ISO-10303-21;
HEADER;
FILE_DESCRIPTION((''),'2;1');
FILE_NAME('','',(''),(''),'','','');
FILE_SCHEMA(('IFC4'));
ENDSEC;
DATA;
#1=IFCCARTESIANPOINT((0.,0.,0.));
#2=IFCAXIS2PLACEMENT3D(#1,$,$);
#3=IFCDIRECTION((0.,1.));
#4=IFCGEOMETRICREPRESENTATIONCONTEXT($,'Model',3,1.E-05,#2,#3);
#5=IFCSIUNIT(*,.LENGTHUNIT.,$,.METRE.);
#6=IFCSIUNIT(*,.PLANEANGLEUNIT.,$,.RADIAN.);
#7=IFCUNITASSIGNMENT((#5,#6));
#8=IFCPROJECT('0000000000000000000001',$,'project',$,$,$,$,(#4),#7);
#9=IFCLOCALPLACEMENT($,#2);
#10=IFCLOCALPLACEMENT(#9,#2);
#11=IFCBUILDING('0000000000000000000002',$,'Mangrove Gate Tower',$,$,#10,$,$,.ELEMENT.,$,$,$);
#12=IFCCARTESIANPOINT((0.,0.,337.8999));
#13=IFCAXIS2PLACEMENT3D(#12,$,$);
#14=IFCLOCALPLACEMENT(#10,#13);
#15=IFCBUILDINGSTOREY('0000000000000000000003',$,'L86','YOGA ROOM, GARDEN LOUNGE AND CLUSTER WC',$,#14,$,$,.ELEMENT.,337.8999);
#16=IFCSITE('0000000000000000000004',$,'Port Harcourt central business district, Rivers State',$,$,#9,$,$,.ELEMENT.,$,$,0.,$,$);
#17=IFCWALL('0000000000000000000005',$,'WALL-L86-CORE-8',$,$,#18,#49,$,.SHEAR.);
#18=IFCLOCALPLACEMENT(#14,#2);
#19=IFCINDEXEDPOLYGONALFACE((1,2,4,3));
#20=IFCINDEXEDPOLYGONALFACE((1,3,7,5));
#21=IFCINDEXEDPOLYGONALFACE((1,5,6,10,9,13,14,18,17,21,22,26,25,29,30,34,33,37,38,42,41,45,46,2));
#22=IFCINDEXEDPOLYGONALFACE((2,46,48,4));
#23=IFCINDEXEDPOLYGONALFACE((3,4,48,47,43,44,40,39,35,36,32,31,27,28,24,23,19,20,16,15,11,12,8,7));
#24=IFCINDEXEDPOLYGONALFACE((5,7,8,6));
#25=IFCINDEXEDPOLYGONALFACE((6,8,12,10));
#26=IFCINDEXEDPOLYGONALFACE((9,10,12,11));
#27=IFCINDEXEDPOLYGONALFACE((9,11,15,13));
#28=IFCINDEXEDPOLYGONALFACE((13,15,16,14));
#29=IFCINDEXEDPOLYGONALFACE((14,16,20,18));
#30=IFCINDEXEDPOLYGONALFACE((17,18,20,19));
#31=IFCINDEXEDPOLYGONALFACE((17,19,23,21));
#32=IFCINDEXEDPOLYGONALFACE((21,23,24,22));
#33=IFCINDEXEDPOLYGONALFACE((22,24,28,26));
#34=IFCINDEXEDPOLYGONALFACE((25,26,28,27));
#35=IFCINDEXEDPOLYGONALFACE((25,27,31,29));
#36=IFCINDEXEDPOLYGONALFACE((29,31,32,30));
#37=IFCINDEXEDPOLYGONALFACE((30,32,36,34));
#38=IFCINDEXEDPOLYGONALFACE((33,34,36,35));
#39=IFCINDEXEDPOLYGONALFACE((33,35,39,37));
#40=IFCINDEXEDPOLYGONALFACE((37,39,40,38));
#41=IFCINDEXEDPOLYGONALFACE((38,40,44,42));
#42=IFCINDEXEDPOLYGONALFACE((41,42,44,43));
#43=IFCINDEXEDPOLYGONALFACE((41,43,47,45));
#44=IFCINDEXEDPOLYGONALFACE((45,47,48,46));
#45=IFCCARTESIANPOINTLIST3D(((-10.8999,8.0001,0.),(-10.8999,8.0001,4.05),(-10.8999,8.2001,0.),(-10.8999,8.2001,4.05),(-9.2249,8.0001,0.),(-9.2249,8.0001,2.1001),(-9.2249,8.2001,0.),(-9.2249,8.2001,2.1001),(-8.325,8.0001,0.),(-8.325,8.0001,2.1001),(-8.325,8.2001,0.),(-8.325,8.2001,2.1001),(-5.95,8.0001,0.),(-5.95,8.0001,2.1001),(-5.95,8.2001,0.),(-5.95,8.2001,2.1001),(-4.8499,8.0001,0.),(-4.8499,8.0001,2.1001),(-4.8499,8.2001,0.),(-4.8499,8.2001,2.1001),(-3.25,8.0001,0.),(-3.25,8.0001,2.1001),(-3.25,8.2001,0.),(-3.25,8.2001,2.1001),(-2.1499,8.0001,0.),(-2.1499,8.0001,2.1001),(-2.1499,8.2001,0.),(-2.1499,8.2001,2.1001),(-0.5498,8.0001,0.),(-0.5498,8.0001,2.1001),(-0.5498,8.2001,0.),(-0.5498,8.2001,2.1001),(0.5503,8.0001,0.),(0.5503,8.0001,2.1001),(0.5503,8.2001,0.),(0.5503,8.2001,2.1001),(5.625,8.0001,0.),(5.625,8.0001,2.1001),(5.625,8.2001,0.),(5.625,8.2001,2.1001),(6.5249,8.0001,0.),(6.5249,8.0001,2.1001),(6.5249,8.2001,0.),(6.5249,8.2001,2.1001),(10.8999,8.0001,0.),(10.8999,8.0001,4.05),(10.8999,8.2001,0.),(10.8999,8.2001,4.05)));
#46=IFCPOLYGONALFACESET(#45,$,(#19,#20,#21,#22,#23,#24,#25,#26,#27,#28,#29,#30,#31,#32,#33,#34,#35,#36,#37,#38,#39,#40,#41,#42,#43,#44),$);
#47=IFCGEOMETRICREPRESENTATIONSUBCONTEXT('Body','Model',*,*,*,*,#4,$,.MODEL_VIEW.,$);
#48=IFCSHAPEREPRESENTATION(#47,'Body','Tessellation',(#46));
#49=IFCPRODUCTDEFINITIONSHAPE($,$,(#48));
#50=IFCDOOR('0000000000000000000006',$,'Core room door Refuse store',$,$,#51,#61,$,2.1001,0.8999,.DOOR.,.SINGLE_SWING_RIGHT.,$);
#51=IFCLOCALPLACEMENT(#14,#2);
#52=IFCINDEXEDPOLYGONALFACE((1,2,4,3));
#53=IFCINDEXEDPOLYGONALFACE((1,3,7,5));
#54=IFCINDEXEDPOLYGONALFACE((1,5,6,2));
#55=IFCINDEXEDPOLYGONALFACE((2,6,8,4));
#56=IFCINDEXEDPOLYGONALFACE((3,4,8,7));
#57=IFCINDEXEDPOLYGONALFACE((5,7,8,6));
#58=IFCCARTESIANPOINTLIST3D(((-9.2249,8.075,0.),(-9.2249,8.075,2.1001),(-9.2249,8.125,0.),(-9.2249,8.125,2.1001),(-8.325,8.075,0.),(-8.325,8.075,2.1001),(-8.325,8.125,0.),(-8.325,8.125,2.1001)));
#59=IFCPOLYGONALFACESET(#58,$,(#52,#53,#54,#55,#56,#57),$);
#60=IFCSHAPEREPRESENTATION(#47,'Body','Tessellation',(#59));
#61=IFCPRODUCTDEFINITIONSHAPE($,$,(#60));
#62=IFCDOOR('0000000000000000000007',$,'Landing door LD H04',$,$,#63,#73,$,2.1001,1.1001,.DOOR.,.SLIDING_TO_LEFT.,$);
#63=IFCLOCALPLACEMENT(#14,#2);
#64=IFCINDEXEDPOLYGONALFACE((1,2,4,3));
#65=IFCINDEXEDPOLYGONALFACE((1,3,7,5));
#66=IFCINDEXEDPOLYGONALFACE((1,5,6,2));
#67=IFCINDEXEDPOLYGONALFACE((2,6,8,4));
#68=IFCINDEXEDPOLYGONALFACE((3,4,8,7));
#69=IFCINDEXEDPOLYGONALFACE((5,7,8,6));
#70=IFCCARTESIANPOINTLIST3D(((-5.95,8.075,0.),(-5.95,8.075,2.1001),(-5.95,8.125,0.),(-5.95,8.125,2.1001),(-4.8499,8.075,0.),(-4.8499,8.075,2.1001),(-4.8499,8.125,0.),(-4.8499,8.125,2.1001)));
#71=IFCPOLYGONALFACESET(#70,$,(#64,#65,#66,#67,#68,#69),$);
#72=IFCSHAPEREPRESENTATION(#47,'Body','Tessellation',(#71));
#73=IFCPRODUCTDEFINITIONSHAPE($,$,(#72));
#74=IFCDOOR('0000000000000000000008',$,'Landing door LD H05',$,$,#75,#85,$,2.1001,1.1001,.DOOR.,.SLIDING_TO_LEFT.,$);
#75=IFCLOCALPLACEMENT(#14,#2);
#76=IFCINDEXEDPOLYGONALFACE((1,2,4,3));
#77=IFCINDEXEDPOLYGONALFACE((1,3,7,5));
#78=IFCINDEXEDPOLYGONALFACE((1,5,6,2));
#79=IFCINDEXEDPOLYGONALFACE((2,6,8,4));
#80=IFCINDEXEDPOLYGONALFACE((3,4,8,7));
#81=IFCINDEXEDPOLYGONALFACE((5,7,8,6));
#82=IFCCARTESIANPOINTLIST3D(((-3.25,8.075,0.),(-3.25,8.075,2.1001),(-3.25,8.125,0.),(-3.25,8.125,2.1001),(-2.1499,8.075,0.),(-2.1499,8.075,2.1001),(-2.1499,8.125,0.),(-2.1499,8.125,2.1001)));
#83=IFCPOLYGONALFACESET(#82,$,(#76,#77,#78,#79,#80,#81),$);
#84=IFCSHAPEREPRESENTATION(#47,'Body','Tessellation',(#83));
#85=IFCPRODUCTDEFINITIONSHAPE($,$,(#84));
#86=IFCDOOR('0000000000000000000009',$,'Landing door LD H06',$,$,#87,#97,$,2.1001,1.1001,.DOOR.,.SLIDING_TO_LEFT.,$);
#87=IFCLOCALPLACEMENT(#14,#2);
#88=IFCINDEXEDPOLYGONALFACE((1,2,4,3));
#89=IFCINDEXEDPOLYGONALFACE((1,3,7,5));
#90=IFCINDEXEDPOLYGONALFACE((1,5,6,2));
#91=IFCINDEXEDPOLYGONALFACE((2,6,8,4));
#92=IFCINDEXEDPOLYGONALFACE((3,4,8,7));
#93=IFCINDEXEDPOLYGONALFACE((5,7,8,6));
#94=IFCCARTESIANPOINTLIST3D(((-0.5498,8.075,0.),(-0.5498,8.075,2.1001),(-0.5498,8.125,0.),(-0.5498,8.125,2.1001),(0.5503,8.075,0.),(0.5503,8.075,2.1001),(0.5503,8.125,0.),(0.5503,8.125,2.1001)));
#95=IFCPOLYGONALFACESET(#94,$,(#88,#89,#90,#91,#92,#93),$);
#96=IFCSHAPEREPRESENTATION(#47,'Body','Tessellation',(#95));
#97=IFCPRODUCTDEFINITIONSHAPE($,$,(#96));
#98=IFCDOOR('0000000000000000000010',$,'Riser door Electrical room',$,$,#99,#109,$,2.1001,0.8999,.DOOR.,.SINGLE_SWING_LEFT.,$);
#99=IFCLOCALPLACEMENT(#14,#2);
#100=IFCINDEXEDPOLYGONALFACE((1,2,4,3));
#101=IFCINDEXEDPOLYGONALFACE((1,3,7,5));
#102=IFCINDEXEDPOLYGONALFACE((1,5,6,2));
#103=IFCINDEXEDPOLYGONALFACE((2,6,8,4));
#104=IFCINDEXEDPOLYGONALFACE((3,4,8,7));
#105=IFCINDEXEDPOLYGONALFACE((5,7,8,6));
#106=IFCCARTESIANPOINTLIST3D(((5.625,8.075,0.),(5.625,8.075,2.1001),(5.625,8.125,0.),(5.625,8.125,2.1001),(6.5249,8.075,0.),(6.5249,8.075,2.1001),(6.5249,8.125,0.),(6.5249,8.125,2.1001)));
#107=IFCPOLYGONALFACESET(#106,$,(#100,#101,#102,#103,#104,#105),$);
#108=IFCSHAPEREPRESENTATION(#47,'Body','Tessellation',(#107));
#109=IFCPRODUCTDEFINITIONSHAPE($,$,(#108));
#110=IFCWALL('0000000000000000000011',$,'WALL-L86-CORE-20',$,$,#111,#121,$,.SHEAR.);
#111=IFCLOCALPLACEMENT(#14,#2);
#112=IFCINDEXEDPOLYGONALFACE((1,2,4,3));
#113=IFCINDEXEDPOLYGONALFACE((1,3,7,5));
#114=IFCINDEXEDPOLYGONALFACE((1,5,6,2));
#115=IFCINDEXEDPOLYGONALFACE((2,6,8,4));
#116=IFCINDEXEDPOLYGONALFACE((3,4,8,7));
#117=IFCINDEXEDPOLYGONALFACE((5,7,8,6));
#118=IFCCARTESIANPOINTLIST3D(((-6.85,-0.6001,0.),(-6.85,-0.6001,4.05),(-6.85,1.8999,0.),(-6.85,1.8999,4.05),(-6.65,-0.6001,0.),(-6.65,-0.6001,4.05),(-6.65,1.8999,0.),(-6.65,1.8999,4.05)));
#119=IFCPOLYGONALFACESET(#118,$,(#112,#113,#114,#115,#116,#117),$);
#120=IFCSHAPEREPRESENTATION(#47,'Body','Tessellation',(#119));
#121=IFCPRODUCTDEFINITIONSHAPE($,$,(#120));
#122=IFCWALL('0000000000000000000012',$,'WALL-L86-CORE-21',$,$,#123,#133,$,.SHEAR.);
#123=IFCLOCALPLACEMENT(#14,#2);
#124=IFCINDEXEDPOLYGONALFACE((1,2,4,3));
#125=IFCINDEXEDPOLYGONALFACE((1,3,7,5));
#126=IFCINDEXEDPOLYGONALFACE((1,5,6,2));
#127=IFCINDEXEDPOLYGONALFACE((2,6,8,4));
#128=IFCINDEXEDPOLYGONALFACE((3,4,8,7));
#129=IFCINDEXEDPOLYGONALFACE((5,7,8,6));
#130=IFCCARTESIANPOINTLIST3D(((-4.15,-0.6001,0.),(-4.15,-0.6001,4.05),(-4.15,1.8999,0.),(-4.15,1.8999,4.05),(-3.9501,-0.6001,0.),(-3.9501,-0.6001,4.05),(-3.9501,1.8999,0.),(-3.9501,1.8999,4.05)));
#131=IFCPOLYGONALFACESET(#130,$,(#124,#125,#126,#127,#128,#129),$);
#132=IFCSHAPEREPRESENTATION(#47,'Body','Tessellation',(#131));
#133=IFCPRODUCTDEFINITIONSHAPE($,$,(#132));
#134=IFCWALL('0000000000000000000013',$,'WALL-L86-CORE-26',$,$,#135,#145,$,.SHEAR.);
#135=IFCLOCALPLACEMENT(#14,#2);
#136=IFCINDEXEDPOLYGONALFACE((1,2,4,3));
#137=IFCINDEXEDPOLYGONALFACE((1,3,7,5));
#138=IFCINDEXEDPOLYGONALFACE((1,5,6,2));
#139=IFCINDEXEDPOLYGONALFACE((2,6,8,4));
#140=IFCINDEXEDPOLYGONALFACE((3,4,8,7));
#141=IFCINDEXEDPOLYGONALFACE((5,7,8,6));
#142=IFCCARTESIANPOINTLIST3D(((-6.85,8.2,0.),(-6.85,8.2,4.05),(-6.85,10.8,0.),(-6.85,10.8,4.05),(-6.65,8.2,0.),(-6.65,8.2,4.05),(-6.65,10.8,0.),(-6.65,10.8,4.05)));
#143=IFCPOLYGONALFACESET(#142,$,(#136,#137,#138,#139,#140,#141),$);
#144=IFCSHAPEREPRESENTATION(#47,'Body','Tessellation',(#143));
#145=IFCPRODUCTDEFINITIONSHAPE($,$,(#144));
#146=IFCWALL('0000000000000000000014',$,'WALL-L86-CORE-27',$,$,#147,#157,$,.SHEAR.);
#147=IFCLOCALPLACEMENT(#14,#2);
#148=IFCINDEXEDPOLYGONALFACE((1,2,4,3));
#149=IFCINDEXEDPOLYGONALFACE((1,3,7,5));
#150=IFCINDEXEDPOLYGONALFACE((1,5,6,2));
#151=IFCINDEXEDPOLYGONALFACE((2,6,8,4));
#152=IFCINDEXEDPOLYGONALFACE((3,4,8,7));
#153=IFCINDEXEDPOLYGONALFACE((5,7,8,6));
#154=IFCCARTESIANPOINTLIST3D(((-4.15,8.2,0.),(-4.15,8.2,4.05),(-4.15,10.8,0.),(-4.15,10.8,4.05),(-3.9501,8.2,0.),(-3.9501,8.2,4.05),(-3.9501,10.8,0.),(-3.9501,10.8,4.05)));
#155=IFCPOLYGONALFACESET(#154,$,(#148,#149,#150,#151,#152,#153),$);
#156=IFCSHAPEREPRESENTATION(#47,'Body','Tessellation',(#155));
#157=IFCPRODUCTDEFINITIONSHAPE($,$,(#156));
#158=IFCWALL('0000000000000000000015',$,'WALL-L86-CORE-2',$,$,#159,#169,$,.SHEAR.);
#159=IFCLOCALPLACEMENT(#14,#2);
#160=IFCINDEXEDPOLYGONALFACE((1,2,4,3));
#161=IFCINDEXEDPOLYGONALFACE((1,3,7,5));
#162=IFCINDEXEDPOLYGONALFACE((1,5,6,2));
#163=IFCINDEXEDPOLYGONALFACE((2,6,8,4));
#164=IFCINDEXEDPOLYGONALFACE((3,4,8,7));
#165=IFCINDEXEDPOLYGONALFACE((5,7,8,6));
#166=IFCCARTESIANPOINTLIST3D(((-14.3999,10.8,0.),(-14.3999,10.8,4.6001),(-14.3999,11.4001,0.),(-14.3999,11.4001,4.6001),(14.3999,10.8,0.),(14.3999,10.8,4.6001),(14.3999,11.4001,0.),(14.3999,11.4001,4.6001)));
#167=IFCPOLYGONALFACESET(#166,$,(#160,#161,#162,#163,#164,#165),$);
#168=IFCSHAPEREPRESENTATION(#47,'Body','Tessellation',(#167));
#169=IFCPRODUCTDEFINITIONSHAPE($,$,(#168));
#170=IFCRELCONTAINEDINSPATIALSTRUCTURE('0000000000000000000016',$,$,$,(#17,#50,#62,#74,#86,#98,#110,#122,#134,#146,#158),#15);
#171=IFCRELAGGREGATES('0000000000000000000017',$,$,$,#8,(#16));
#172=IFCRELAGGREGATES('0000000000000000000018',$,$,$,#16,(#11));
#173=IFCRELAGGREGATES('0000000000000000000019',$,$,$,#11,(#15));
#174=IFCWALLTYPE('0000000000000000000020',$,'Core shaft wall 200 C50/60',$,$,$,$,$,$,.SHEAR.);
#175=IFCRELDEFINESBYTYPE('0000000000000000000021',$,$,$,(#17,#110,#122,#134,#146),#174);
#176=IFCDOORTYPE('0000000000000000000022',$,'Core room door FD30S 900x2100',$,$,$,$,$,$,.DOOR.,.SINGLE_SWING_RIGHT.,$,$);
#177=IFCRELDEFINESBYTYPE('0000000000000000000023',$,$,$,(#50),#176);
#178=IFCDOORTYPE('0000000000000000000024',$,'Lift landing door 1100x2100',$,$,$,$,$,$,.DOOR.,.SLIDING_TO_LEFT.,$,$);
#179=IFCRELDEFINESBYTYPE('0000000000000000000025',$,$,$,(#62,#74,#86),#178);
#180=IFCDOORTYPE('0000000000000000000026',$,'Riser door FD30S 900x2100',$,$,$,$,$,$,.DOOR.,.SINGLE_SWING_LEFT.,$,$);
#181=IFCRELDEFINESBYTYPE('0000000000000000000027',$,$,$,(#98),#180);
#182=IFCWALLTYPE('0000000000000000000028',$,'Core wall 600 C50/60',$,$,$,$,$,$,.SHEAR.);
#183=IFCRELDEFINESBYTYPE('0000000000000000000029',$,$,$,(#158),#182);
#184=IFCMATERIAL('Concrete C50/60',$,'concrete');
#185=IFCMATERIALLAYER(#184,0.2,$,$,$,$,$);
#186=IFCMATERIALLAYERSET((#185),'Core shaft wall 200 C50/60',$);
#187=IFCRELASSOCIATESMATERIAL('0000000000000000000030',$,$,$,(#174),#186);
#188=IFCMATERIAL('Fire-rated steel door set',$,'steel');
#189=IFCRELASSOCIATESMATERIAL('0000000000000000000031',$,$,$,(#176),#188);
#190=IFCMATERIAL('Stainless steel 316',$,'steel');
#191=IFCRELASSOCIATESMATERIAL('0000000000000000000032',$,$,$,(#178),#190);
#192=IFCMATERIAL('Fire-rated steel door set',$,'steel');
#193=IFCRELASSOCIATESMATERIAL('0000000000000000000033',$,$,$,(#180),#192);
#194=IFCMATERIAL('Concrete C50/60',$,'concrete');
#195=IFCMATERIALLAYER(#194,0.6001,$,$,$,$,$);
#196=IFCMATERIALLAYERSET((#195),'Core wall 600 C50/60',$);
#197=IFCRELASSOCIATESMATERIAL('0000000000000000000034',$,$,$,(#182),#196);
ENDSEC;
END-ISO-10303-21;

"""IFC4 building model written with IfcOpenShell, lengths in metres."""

from ifc_helpers import new_model, si_unit, direction, frame, frame_2d, origin, place, context, subcontext, project, spatial, rectangle, extrude, material, layer, layer_set, type_object, element, fill, save


model = new_model("IFC4")

# Units and contexts
model_context = context("Model", 3, precision=1e-05, world=origin(), true_north=direction((0.0, 1.0)))
body_context = subcontext(model_context, "Body", "Model", "MODEL_VIEW")
ifc_project = project(units=[si_unit("LENGTHUNIT", "METRE"), si_unit("PLANEANGLEUNIT", "RADIAN")], contexts=[model_context])

# Site, building, storey
site_placement = place(None, origin())
site = spatial("IfcSite", under=ifc_project, at=site_placement, Name="Port Harcourt central business district, Rivers State", CompositionType="ELEMENT", RefElevation=0.0)
building_placement = place(site_placement, origin())
building = spatial("IfcBuilding", under=site, at=building_placement, Name="Mangrove Gate Tower", CompositionType="ELEMENT")
storey_placement = place(building_placement, frame((0.0, 0.0, 337.8999)))
storey = spatial("IfcBuildingStorey", under=building, at=storey_placement, Name="L86", Description="YOGA ROOM, GARDEN LOUNGE AND CLUSTER WC", CompositionType="ELEMENT", Elevation=337.8999)

# Shared definitions
ifc_material_1 = material(Name="Concrete C50/60", Category="concrete")
ifc_layer_1 = layer(ifc_material_1, 0.2)
ifc_layer_set_1 = layer_set([ifc_layer_1], Name="Core shaft wall 200 C50/60")
wall_type_1 = type_object("IfcWallType", Name="Core shaft wall 200 C50/60", PredefinedType="SHEAR", material=ifc_layer_set_1)

# Wall, openings, doors
ifc_material_2 = material(Name="Fire-rated steel door set", Category="steel")
door_type_1 = type_object("IfcDoorType", Name="Core room door FD30S 900x2100", OperationType="SINGLE_SWING_RIGHT", PredefinedType="DOOR", material=ifc_material_2)
ifc_material_3 = material(Name="Stainless steel 316", Category="steel")
door_type_2 = type_object("IfcDoorType", Name="Lift landing door 1100x2100", OperationType="SLIDING_TO_LEFT", PredefinedType="DOOR", material=ifc_material_3)
wall_1_placement = place(storey_placement, frame((-10.8999, 8.1001, 0.0), z_axis=(0.0, 0.0, 1.0), x_axis=(1.0, 0.0, 0.0)))
wall_1 = element("IfcWall", 1, at=wall_1_placement, inside=storey, type_object=wall_type_1, Name="WALL-L86-CORE-8", PredefinedType="SHEAR", context=body_context, shape_type="SweptSolid", body=[
    extrude(rectangle(XDim=21.7998, YDim=0.2, at=frame_2d((10.8999, 0.0))), origin(), (0.0, 0.0, 1.0), 4.05),
])
opening_1_placement = place(wall_1_placement, frame((4.95, 0.0, 0.0)))
opening_1 = element("IfcOpeningElement", 2, at=opening_1_placement, cuts=wall_1, PredefinedType="OPENING", context=body_context, shape_type="SweptSolid", body=[
    extrude(rectangle(XDim=1.1001, YDim=2.1001, at=frame_2d((0.55, 1.05))), frame((0.0, 0.1099, 0.0), z_axis=(0.0, -1.0, 0.0), x_axis=(1.0, 0.0, 0.0)), (0.0, 0.0, 1.0), 0.22),
])
opening_2_placement = place(wall_1_placement, frame((7.6499, 0.0, 0.0)))
opening_2 = element("IfcOpeningElement", 3, at=opening_2_placement, cuts=wall_1, PredefinedType="OPENING", context=body_context, shape_type="SweptSolid", body=[
    extrude(rectangle(XDim=1.1001, YDim=2.1001, at=frame_2d((0.55, 1.05))), frame((0.0, 0.1099, 0.0), z_axis=(0.0, -1.0, 0.0), x_axis=(1.0, 0.0, 0.0)), (0.0, 0.0, 1.0), 0.22),
])
opening_3_placement = place(wall_1_placement, frame((10.3501, 0.0, 0.0)))
opening_3 = element("IfcOpeningElement", 4, at=opening_3_placement, cuts=wall_1, PredefinedType="OPENING", context=body_context, shape_type="SweptSolid", body=[
    extrude(rectangle(XDim=1.1001, YDim=2.1001, at=frame_2d((0.55, 1.05))), frame((0.0, 0.1099, 0.0), z_axis=(0.0, -1.0, 0.0), x_axis=(1.0, 0.0, 0.0)), (0.0, 0.0, 1.0), 0.22),
])
opening_4_placement = place(wall_1_placement, frame((1.675, 0.0, 0.0)))
opening_4 = element("IfcOpeningElement", 5, at=opening_4_placement, cuts=wall_1, PredefinedType="OPENING", context=body_context, shape_type="SweptSolid", body=[
    extrude(rectangle(XDim=0.8999, YDim=2.1001, at=frame_2d((0.45, 1.05))), frame((0.0, 0.1099, 0.0), z_axis=(0.0, -1.0, 0.0), x_axis=(1.0, 0.0, 0.0)), (0.0, 0.0, 1.0), 0.22),
])
opening_5_placement = place(wall_1_placement, frame((16.5249, 0.0, 0.0)))
opening_5 = element("IfcOpeningElement", 6, at=opening_5_placement, cuts=wall_1, PredefinedType="OPENING", context=body_context, shape_type="SweptSolid", body=[
    extrude(rectangle(XDim=0.8999, YDim=2.1001, at=frame_2d((0.45, 1.05))), frame((0.0, 0.1099, 0.0), z_axis=(0.0, -1.0, 0.0), x_axis=(1.0, 0.0, 0.0)), (0.0, 0.0, 1.0), 0.22),
])
door_1_placement = place(opening_4_placement, origin())
door_1 = element("IfcDoor", 7, at=door_1_placement, inside=storey, type_object=door_type_1, Name="Core room door Refuse store", OperationType="SINGLE_SWING_RIGHT", OverallHeight=2.1001, OverallWidth=0.8999, PredefinedType="DOOR", context=body_context, shape_type="SweptSolid", body=[
    extrude(rectangle(XDim=0.8999, YDim=2.1001, at=frame_2d((0.45, 1.05))), frame((0.0, 0.0249, 0.0), z_axis=(0.0, -1.0, 0.0), x_axis=(1.0, 0.0, 0.0)), (0.0, 0.0, 1.0), 0.05),
])
fill(opening_4, door_1)
door_2_placement = place(opening_1_placement, origin())
door_2 = element("IfcDoor", 8, at=door_2_placement, inside=storey, type_object=door_type_2, Name="Landing door LD H04", OperationType="SLIDING_TO_LEFT", OverallHeight=2.1001, OverallWidth=1.1001, PredefinedType="DOOR", context=body_context, shape_type="SweptSolid", body=[
    extrude(rectangle(XDim=1.1001, YDim=2.1001, at=frame_2d((0.55, 1.05))), frame((0.0, 0.0249, 0.0), z_axis=(0.0, -1.0, 0.0), x_axis=(1.0, 0.0, 0.0)), (0.0, 0.0, 1.0), 0.05),
])
fill(opening_1, door_2)
door_3_placement = place(opening_2_placement, origin())
door_3 = element("IfcDoor", 9, at=door_3_placement, inside=storey, type_object=door_type_2, Name="Landing door LD H05", OperationType="SLIDING_TO_LEFT", OverallHeight=2.1001, OverallWidth=1.1001, PredefinedType="DOOR", context=body_context, shape_type="SweptSolid", body=[
    extrude(rectangle(XDim=1.1001, YDim=2.1001, at=frame_2d((0.55, 1.05))), frame((0.0, 0.0249, 0.0), z_axis=(0.0, -1.0, 0.0), x_axis=(1.0, 0.0, 0.0)), (0.0, 0.0, 1.0), 0.05),
])
fill(opening_2, door_3)
door_4_placement = place(opening_3_placement, origin())
door_4 = element("IfcDoor", 10, at=door_4_placement, inside=storey, type_object=door_type_2, Name="Landing door LD H06", OperationType="SLIDING_TO_LEFT", OverallHeight=2.1001, OverallWidth=1.1001, PredefinedType="DOOR", context=body_context, shape_type="SweptSolid", body=[
    extrude(rectangle(XDim=1.1001, YDim=2.1001, at=frame_2d((0.55, 1.05))), frame((0.0, 0.0249, 0.0), z_axis=(0.0, -1.0, 0.0), x_axis=(1.0, 0.0, 0.0)), (0.0, 0.0, 1.0), 0.05),
])
fill(opening_3, door_4)
ifc_material_4 = material(Name="Fire-rated steel door set", Category="steel")
door_type_3 = type_object("IfcDoorType", Name="Riser door FD30S 900x2100", OperationType="SINGLE_SWING_LEFT", PredefinedType="DOOR", material=ifc_material_4)
door_5_placement = place(opening_5_placement, origin())
door_5 = element("IfcDoor", 11, at=door_5_placement, inside=storey, type_object=door_type_3, Name="Riser door Electrical room", OperationType="SINGLE_SWING_LEFT", OverallHeight=2.1001, OverallWidth=0.8999, PredefinedType="DOOR", context=body_context, shape_type="SweptSolid", body=[
    extrude(rectangle(XDim=0.8999, YDim=2.1001, at=frame_2d((0.45, 1.05))), frame((0.0, 0.0249, 0.0), z_axis=(0.0, -1.0, 0.0), x_axis=(1.0, 0.0, 0.0)), (0.0, 0.0, 1.0), 0.05),
])
fill(opening_5, door_5)

# Walls
for number, where, z_axis, x_axis, name in (
    (12, (-6.75, -0.6001, 0.0), (0.0, 0.0, 1.0), (0.0, 1.0, 0.0), "WALL-L86-CORE-20"),
    (13, (-4.05, -0.6001, 0.0), (0.0, 0.0, 1.0), (0.0, 1.0, 0.0), "WALL-L86-CORE-21"),
):
    element("IfcWall", number, at=place(storey_placement, frame(where, z_axis=z_axis, x_axis=x_axis)), inside=storey, type_object=wall_type_1, Name=name, PredefinedType="SHEAR", context=body_context, shape_type="SweptSolid", body=[
        extrude(rectangle(XDim=2.5, YDim=0.2, at=frame_2d((1.25, 0.0))), origin(), (0.0, 0.0, 1.0), 4.05),
    ])
for number, where, z_axis, x_axis, name in (
    (14, (-6.75, 8.2, 0.0), (0.0, 0.0, 1.0), (0.0, 1.0, 0.0), "WALL-L86-CORE-26"),
    (15, (-4.05, 8.2, 0.0), (0.0, 0.0, 1.0), (0.0, 1.0, 0.0), "WALL-L86-CORE-27"),
):
    element("IfcWall", number, at=place(storey_placement, frame(where, z_axis=z_axis, x_axis=x_axis)), inside=storey, type_object=wall_type_1, Name=name, PredefinedType="SHEAR", context=body_context, shape_type="SweptSolid", body=[
        extrude(rectangle(XDim=2.6001, YDim=0.2, at=frame_2d((1.3, 0.0))), origin(), (0.0, 0.0, 1.0), 4.05),
    ])
ifc_material_5 = material(Name="Concrete C50/60", Category="concrete")
ifc_layer_2 = layer(ifc_material_5, 0.6001)
ifc_layer_set_2 = layer_set([ifc_layer_2], Name="Core wall 600 C50/60")
wall_type_2 = type_object("IfcWallType", Name="Core wall 600 C50/60", PredefinedType="SHEAR", material=ifc_layer_set_2)
wall_2_placement = place(storey_placement, frame((-14.3999, 11.1001, 0.0), z_axis=(0.0, 0.0, 1.0), x_axis=(1.0, 0.0, 0.0)))
element("IfcWall", 16, at=wall_2_placement, inside=storey, type_object=wall_type_2, Name="WALL-L86-CORE-2", PredefinedType="SHEAR", context=body_context, shape_type="SweptSolid", body=[
    extrude(rectangle(XDim=28.7998, YDim=0.6001, at=frame_2d((14.3999, 0.0))), origin(), (0.0, 0.0, 1.0), 4.6001),
])

save(model, "model.ifc")
